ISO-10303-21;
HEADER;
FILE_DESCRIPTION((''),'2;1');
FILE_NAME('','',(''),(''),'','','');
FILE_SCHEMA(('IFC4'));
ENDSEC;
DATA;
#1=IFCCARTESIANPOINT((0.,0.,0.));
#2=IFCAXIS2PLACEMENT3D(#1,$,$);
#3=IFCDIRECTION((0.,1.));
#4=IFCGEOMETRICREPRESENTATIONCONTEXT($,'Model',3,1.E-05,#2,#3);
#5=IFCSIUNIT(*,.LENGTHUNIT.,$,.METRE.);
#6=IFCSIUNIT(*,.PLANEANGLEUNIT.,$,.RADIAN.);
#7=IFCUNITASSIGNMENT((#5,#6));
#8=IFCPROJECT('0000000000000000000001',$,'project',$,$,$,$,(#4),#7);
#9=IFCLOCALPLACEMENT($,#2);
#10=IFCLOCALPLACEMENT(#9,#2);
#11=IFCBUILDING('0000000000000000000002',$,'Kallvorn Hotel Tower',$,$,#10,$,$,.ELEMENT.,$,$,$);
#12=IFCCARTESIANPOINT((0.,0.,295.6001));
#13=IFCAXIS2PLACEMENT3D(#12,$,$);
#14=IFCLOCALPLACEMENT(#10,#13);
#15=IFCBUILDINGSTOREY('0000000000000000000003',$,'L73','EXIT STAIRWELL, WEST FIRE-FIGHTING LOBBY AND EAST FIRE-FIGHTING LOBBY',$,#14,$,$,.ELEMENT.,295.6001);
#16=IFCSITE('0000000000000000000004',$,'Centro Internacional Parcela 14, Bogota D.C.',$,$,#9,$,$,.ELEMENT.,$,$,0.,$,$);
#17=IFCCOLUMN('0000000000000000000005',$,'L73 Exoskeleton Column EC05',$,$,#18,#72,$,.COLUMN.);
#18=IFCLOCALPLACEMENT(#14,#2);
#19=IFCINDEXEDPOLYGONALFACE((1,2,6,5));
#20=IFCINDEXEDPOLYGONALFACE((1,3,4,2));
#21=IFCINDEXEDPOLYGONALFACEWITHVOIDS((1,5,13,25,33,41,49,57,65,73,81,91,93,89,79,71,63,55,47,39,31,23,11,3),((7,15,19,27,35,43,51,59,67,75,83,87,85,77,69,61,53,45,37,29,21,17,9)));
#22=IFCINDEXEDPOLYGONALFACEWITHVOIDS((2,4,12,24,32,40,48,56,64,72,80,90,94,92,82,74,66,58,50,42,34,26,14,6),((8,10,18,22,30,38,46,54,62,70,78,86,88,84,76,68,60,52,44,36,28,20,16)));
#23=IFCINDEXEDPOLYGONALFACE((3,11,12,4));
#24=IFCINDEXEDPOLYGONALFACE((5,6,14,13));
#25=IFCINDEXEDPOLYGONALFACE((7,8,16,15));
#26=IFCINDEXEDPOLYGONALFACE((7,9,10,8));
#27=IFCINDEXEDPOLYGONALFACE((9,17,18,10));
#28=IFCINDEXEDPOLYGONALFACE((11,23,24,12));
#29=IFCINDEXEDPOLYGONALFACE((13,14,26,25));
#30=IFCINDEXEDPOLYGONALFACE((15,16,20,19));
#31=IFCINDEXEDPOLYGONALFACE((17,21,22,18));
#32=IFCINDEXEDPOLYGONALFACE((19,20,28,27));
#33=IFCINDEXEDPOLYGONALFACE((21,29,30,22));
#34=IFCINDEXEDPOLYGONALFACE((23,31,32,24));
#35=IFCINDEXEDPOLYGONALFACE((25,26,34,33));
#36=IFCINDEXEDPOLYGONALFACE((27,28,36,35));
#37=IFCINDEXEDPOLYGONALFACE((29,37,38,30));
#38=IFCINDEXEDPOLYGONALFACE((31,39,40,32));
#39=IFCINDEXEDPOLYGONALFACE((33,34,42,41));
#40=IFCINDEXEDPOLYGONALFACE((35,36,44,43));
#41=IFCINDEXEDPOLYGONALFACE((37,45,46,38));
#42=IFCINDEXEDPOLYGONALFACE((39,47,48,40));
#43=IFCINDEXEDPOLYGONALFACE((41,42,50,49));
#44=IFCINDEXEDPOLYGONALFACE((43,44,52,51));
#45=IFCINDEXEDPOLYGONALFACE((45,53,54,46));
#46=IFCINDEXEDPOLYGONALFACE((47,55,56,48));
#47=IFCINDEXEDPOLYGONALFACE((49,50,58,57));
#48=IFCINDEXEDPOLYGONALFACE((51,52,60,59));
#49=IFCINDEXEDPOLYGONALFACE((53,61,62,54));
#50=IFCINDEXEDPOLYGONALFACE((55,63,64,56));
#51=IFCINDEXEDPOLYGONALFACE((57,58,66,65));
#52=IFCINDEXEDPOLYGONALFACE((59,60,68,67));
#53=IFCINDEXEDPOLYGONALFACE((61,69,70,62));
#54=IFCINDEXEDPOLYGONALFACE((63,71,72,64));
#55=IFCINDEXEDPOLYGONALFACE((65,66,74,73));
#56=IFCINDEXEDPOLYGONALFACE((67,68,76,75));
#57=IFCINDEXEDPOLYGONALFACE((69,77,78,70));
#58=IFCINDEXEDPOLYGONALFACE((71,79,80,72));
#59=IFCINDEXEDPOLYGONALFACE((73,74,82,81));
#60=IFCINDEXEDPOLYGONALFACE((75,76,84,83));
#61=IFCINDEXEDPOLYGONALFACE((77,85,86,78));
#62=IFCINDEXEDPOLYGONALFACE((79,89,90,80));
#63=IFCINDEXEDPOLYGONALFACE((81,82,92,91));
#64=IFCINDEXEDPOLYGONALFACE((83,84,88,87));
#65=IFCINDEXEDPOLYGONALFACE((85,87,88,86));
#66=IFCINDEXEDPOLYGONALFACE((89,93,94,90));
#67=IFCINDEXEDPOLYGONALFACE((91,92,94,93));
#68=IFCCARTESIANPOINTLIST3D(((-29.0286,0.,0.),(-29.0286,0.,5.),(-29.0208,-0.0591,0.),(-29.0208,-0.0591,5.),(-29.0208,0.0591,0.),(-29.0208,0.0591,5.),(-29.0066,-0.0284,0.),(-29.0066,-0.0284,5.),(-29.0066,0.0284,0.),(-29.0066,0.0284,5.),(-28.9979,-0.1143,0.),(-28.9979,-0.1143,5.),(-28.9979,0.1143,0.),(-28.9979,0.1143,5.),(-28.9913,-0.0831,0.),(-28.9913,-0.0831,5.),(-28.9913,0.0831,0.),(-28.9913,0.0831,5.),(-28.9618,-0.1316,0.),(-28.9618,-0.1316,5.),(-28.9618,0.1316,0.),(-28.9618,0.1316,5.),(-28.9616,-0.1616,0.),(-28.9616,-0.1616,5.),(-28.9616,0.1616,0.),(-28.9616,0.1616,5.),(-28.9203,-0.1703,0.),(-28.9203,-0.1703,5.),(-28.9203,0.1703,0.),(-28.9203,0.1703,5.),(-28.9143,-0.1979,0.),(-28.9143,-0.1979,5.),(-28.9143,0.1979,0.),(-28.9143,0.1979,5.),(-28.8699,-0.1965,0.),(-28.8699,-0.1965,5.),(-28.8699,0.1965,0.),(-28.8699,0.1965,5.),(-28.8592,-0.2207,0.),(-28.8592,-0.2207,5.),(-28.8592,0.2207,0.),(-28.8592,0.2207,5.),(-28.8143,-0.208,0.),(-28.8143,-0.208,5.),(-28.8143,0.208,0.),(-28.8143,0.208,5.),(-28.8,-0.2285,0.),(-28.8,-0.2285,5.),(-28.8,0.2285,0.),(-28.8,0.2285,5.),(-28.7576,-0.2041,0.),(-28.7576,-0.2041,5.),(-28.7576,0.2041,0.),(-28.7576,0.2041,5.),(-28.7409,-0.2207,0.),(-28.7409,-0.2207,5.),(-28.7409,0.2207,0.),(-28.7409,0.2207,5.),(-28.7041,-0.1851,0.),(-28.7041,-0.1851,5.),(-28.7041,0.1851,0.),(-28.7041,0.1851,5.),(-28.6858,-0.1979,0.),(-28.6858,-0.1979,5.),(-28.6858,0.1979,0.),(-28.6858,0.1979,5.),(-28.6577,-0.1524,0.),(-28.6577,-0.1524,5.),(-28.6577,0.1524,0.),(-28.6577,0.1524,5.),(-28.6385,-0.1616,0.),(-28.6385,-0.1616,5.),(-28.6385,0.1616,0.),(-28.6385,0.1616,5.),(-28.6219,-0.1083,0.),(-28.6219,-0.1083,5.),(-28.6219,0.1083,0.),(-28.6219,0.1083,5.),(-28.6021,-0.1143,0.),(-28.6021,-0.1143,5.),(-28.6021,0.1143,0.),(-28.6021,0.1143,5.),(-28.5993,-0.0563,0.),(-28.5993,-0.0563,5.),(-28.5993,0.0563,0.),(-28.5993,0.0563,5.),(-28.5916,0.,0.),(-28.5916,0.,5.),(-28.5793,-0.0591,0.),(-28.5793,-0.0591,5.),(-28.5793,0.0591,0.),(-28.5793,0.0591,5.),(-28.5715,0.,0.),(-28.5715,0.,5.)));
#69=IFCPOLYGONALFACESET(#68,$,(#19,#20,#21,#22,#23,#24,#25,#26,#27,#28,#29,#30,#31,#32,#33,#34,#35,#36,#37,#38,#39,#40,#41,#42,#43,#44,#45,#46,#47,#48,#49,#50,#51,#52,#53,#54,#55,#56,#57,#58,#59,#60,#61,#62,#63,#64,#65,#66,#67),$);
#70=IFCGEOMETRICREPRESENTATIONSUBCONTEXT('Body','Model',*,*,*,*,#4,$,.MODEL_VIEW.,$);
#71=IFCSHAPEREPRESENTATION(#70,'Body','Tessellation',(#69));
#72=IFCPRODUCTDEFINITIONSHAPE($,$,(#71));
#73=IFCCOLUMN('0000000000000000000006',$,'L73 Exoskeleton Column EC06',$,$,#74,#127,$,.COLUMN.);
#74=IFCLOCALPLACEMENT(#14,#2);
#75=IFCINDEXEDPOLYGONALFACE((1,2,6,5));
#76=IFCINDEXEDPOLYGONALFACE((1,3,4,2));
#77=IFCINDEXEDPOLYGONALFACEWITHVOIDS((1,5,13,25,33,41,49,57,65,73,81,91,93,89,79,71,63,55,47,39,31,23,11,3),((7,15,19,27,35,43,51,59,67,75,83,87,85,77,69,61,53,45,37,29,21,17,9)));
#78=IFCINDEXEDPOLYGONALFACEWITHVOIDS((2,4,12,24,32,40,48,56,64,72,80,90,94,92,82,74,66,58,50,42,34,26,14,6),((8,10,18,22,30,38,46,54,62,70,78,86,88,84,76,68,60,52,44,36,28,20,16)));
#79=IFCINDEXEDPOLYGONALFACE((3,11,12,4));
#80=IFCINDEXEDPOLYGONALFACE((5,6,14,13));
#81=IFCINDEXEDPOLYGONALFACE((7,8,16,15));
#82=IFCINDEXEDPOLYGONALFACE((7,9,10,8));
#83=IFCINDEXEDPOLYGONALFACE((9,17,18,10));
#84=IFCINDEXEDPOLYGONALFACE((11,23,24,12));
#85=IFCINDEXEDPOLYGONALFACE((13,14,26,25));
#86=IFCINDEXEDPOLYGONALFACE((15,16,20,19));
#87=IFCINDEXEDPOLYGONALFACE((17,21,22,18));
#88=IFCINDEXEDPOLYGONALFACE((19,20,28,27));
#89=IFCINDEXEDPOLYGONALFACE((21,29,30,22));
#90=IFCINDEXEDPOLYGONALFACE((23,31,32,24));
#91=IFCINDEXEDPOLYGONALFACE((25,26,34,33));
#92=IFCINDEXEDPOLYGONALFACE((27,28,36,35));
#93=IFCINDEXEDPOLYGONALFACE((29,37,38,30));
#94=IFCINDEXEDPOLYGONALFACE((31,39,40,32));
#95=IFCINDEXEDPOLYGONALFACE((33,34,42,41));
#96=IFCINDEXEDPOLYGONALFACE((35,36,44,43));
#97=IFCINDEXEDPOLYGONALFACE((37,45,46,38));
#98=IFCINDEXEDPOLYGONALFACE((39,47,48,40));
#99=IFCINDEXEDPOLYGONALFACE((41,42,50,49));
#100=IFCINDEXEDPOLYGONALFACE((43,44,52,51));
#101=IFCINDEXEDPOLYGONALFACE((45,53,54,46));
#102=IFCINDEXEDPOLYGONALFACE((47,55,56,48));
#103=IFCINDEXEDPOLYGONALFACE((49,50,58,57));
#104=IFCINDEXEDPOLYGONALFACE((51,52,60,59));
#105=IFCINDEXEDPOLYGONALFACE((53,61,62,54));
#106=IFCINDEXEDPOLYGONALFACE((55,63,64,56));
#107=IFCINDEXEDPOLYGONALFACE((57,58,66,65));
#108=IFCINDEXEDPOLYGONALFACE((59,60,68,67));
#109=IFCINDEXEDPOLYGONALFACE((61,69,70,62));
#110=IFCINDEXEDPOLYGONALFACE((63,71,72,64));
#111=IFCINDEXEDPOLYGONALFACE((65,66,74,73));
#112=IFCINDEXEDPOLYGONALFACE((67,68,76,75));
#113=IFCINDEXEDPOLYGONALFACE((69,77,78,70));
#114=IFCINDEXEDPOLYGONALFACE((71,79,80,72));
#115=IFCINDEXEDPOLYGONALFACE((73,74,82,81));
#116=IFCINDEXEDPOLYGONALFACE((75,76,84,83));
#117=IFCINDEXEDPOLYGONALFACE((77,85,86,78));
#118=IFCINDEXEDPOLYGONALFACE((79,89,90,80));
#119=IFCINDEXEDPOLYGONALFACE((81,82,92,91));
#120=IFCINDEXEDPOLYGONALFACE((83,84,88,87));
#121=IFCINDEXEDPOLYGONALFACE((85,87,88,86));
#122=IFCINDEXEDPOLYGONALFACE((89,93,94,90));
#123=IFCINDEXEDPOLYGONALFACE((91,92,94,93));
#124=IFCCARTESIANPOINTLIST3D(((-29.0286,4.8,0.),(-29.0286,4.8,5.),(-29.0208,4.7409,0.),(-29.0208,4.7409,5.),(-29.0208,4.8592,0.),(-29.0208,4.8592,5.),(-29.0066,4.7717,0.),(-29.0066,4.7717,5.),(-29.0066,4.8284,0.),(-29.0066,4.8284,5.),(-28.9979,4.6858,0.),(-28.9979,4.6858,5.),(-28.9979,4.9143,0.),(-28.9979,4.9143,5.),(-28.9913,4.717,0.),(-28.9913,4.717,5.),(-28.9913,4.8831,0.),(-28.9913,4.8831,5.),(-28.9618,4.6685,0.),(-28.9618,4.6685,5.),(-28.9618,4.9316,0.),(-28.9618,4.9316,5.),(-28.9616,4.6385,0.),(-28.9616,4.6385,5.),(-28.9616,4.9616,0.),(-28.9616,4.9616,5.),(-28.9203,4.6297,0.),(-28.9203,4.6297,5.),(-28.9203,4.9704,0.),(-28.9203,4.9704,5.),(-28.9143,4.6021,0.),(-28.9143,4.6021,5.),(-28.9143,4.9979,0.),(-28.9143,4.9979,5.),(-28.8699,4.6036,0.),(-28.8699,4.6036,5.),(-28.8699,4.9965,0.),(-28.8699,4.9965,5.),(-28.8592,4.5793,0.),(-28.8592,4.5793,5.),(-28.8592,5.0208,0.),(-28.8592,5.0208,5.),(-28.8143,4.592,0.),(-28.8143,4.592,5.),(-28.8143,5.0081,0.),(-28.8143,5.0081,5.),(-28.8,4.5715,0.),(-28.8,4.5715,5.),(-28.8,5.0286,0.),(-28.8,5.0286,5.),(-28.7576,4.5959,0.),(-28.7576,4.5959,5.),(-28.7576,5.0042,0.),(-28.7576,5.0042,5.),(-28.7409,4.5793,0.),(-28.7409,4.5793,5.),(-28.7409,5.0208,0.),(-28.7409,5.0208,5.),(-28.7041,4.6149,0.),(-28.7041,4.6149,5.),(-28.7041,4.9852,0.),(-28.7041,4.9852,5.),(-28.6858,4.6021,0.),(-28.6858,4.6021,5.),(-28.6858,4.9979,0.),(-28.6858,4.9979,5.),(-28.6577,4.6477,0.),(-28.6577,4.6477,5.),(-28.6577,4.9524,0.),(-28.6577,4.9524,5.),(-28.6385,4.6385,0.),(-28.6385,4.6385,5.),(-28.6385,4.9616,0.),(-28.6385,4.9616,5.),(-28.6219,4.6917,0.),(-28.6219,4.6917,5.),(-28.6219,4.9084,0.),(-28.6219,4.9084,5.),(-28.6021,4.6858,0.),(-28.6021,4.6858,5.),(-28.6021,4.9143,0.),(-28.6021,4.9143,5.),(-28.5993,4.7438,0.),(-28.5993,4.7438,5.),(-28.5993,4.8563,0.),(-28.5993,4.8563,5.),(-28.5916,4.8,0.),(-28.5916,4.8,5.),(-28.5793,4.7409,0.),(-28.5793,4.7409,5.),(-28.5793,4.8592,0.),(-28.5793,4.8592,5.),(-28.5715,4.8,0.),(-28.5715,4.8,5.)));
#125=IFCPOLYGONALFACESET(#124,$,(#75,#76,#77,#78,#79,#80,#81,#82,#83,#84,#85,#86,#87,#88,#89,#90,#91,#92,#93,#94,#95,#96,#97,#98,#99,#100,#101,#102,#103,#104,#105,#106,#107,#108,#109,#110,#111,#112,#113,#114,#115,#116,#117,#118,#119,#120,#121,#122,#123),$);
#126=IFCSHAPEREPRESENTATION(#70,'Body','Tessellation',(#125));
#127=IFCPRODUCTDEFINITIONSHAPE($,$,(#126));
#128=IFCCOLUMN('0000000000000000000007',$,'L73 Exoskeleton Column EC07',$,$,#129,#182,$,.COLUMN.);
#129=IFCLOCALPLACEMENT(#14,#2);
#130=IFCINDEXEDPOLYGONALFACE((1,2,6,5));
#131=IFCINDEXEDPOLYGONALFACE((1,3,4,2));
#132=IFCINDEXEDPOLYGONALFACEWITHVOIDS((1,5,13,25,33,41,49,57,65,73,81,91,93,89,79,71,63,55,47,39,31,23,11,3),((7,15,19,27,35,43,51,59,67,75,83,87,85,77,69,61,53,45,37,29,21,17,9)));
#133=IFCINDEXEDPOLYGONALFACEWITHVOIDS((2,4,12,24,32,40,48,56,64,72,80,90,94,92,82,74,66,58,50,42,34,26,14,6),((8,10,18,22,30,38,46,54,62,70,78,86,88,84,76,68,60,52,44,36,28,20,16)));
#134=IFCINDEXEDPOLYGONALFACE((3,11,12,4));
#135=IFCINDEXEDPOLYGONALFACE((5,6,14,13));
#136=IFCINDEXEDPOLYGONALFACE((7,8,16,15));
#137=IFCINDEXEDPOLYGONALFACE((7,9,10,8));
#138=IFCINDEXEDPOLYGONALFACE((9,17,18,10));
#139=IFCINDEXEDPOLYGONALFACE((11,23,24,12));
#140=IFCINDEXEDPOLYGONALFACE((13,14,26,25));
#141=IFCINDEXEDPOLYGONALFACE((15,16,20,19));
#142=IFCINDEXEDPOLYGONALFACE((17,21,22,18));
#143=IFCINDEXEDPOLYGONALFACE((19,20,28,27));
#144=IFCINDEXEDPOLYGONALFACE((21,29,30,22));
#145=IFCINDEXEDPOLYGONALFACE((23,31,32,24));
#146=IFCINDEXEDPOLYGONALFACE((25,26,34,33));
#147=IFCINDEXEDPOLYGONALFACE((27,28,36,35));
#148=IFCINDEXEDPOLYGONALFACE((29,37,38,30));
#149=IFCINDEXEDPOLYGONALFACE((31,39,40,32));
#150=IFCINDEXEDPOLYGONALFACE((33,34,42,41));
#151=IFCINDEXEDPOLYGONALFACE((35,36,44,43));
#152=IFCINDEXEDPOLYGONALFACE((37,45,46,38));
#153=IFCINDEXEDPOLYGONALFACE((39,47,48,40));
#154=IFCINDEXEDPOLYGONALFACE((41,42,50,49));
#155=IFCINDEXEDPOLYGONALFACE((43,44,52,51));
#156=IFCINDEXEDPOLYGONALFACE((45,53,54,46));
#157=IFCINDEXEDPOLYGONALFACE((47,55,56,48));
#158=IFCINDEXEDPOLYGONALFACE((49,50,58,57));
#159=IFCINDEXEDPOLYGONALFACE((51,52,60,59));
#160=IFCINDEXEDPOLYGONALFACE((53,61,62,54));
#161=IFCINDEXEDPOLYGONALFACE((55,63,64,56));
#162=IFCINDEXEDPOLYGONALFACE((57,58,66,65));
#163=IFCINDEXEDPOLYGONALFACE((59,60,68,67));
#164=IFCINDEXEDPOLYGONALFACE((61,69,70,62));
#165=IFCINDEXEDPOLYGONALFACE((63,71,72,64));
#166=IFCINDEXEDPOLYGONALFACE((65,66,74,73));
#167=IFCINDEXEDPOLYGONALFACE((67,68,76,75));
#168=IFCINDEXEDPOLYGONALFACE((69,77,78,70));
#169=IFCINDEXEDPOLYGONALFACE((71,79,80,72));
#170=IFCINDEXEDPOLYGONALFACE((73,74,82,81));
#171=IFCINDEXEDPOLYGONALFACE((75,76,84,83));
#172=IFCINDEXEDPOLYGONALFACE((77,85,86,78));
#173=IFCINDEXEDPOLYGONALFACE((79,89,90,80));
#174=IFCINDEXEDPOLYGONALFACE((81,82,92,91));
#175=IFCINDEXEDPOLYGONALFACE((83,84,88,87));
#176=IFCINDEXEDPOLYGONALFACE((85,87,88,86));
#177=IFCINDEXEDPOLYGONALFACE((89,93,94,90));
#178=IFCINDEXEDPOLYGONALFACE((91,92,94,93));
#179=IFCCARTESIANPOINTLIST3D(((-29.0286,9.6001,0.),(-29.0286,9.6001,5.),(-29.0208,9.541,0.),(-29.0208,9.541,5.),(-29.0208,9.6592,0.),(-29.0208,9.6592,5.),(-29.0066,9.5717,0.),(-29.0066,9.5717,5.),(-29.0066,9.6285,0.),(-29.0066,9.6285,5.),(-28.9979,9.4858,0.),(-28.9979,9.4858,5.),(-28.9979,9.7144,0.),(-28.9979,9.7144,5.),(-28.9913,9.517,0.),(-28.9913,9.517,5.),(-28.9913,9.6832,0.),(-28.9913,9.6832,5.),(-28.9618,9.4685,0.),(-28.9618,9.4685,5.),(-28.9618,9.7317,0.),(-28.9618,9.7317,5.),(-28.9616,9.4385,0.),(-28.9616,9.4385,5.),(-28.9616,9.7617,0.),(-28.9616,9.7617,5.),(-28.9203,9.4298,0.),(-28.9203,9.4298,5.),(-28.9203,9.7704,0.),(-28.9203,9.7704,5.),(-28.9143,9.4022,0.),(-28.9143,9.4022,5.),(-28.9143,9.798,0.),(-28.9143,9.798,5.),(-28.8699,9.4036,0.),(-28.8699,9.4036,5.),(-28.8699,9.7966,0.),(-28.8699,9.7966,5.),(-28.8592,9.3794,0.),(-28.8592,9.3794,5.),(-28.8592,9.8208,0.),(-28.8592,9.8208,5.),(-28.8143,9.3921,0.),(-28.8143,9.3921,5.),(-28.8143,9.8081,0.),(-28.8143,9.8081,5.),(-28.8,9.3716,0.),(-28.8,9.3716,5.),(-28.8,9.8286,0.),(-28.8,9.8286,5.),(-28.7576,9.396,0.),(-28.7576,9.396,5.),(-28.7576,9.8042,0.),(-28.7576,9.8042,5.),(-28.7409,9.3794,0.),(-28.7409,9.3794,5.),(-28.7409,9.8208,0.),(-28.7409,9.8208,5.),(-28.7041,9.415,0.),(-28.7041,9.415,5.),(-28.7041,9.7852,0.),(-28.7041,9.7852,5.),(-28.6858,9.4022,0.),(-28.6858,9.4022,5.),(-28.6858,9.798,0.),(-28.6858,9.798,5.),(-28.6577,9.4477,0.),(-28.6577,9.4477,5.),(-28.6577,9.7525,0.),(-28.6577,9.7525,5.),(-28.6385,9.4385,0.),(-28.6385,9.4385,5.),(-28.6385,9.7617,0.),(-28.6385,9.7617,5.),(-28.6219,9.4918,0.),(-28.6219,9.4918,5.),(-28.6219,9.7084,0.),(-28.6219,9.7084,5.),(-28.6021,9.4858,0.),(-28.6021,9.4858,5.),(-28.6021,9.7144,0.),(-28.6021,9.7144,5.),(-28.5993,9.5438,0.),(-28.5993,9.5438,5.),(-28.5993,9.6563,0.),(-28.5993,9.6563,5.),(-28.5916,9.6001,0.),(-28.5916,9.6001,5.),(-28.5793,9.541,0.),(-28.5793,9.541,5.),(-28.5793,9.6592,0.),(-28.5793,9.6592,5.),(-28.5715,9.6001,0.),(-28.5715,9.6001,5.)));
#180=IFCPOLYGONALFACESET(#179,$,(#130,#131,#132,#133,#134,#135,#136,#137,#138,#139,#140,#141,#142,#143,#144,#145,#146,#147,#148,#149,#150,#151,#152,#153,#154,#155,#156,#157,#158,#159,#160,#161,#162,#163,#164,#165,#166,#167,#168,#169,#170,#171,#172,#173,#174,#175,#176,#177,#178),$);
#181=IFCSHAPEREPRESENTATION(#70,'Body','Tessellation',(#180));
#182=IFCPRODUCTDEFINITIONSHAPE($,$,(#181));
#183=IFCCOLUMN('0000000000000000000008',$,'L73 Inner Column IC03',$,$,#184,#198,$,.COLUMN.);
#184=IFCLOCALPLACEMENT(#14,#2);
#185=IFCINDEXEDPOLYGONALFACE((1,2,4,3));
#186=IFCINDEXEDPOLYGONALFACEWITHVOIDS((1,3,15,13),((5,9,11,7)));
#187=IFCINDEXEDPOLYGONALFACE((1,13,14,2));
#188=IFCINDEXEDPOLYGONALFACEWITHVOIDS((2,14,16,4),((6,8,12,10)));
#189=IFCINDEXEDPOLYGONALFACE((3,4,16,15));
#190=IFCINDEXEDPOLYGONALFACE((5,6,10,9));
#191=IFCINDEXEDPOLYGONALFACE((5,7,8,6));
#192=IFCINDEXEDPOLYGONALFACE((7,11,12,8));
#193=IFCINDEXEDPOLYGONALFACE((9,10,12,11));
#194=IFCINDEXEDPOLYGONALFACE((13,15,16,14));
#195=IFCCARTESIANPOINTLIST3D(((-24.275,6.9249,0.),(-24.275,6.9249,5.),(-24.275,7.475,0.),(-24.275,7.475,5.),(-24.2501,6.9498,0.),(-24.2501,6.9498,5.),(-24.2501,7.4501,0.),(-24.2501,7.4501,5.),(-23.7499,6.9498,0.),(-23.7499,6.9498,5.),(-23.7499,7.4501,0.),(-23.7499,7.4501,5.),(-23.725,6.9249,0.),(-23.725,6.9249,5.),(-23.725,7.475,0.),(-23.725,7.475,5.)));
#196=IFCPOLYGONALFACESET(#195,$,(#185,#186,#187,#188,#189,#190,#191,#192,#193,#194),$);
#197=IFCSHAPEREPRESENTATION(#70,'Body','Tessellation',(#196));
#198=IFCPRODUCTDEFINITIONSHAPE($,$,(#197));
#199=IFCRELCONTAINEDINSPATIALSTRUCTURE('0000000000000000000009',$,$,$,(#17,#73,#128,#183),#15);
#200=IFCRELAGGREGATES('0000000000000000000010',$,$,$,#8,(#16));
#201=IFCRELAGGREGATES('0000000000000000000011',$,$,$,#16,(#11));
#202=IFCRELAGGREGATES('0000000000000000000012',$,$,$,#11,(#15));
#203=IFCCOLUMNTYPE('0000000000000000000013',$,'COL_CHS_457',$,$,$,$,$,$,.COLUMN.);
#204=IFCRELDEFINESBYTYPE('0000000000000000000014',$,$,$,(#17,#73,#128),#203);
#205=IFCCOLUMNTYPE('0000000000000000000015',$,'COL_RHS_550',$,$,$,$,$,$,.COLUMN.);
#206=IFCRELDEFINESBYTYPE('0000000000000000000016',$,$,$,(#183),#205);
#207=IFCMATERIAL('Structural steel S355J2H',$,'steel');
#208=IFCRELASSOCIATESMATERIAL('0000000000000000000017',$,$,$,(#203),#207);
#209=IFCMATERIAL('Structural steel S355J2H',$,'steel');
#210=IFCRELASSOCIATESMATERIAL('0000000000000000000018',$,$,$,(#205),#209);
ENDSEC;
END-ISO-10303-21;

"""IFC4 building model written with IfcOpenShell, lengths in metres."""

from ifc_helpers import new_model, si_unit, direction, frame, origin, origin_2d, place, context, subcontext, project, spatial, hollow_rectangle, hollow_circle, extrude, material, material_profile, profile_set, type_object, element, save


model = new_model("IFC4")

# Units and contexts
model_context = context("Model", 3, precision=1e-05, world=origin(), true_north=direction((0.0, 1.0)))
body_context = subcontext(model_context, "Body", "Model", "MODEL_VIEW")
ifc_project = project(units=[si_unit("LENGTHUNIT", "METRE"), si_unit("PLANEANGLEUNIT", "RADIAN")], contexts=[model_context])

# Site, building, storey
site_placement = place(None, origin())
site = spatial("IfcSite", under=ifc_project, at=site_placement, Name="Centro Internacional Parcela 14, Bogota D.C.", CompositionType="ELEMENT", RefElevation=0.0)
building_placement = place(site_placement, origin())
building = spatial("IfcBuilding", under=site, at=building_placement, Name="Kallvorn Hotel Tower", CompositionType="ELEMENT")
storey_placement = place(building_placement, frame((0.0, 0.0, 295.6001)))
storey = spatial("IfcBuildingStorey", under=building, at=storey_placement, Name="L73", Description="EXIT STAIRWELL, WEST FIRE-FIGHTING LOBBY AND EAST FIRE-FIGHTING LOBBY", CompositionType="ELEMENT", Elevation=295.6001)

# Columns
ifc_material_1 = material(Name="Structural steel S355J2H", Category="steel")
ifc_material_profile_1 = material_profile(ifc_material_1, hollow_circle(Radius=0.2285, WallThickness=0.02, at=origin_2d()), Name="CHS 457x20")
ifc_profile_set_1 = profile_set([ifc_material_profile_1], Name="Structural steel S355J2H")
column_type_1 = type_object("IfcColumnType", Name="COL_CHS_457", PredefinedType="COLUMN", material=ifc_profile_set_1)
for number, where, z_axis, x_axis, name in (
    (1, (-28.8, 0.0, 0.0), (0.0, 0.0, 1.0), (1.0, 0.0, 0.0), "L73 Exoskeleton Column EC05"),
    (2, (-28.8, 4.8, 0.0), (0.0, 0.0, 1.0), (1.0, 0.0, 0.0), "L73 Exoskeleton Column EC06"),
    (3, (-28.8, 9.6001, 0.0), (0.0, 0.0, 1.0), (1.0, 0.0, 0.0), "L73 Exoskeleton Column EC07"),
):
    element("IfcColumn", number, at=place(storey_placement, frame(where, z_axis=z_axis, x_axis=x_axis)), inside=storey, type_object=column_type_1, Name=name, PredefinedType="COLUMN", context=body_context, shape_type="SweptSolid", body=[
        extrude(hollow_circle(Radius=0.2285, WallThickness=0.02, at=origin_2d()), origin(), (0.0, 0.0, 1.0), 5.0),
    ])
ifc_material_2 = material(Name="Structural steel S355J2H", Category="steel")
ifc_material_profile_2 = material_profile(ifc_material_2, hollow_rectangle(XDim=0.55, YDim=0.55, WallThickness=0.0249, at=origin_2d()), Name="RHS 550x550x25")
ifc_profile_set_2 = profile_set([ifc_material_profile_2], Name="Structural steel S355J2H")
column_type_2 = type_object("IfcColumnType", Name="COL_RHS_550", PredefinedType="COLUMN", material=ifc_profile_set_2)
for number, where, z_axis, x_axis, name in (
    (4, (-24.0, 7.2, 0.0), (0.0, 0.0, 1.0), (1.0, 0.0, 0.0), "L73 Inner Column IC03"),
):
    element("IfcColumn", number, at=place(storey_placement, frame(where, z_axis=z_axis, x_axis=x_axis)), inside=storey, type_object=column_type_2, Name=name, PredefinedType="COLUMN", context=body_context, shape_type="SweptSolid", body=[
        extrude(hollow_rectangle(XDim=0.55, YDim=0.55, WallThickness=0.0249, at=origin_2d()), origin(), (0.0, 0.0, 1.0), 5.0),
    ])

save(model, "model.ifc")
